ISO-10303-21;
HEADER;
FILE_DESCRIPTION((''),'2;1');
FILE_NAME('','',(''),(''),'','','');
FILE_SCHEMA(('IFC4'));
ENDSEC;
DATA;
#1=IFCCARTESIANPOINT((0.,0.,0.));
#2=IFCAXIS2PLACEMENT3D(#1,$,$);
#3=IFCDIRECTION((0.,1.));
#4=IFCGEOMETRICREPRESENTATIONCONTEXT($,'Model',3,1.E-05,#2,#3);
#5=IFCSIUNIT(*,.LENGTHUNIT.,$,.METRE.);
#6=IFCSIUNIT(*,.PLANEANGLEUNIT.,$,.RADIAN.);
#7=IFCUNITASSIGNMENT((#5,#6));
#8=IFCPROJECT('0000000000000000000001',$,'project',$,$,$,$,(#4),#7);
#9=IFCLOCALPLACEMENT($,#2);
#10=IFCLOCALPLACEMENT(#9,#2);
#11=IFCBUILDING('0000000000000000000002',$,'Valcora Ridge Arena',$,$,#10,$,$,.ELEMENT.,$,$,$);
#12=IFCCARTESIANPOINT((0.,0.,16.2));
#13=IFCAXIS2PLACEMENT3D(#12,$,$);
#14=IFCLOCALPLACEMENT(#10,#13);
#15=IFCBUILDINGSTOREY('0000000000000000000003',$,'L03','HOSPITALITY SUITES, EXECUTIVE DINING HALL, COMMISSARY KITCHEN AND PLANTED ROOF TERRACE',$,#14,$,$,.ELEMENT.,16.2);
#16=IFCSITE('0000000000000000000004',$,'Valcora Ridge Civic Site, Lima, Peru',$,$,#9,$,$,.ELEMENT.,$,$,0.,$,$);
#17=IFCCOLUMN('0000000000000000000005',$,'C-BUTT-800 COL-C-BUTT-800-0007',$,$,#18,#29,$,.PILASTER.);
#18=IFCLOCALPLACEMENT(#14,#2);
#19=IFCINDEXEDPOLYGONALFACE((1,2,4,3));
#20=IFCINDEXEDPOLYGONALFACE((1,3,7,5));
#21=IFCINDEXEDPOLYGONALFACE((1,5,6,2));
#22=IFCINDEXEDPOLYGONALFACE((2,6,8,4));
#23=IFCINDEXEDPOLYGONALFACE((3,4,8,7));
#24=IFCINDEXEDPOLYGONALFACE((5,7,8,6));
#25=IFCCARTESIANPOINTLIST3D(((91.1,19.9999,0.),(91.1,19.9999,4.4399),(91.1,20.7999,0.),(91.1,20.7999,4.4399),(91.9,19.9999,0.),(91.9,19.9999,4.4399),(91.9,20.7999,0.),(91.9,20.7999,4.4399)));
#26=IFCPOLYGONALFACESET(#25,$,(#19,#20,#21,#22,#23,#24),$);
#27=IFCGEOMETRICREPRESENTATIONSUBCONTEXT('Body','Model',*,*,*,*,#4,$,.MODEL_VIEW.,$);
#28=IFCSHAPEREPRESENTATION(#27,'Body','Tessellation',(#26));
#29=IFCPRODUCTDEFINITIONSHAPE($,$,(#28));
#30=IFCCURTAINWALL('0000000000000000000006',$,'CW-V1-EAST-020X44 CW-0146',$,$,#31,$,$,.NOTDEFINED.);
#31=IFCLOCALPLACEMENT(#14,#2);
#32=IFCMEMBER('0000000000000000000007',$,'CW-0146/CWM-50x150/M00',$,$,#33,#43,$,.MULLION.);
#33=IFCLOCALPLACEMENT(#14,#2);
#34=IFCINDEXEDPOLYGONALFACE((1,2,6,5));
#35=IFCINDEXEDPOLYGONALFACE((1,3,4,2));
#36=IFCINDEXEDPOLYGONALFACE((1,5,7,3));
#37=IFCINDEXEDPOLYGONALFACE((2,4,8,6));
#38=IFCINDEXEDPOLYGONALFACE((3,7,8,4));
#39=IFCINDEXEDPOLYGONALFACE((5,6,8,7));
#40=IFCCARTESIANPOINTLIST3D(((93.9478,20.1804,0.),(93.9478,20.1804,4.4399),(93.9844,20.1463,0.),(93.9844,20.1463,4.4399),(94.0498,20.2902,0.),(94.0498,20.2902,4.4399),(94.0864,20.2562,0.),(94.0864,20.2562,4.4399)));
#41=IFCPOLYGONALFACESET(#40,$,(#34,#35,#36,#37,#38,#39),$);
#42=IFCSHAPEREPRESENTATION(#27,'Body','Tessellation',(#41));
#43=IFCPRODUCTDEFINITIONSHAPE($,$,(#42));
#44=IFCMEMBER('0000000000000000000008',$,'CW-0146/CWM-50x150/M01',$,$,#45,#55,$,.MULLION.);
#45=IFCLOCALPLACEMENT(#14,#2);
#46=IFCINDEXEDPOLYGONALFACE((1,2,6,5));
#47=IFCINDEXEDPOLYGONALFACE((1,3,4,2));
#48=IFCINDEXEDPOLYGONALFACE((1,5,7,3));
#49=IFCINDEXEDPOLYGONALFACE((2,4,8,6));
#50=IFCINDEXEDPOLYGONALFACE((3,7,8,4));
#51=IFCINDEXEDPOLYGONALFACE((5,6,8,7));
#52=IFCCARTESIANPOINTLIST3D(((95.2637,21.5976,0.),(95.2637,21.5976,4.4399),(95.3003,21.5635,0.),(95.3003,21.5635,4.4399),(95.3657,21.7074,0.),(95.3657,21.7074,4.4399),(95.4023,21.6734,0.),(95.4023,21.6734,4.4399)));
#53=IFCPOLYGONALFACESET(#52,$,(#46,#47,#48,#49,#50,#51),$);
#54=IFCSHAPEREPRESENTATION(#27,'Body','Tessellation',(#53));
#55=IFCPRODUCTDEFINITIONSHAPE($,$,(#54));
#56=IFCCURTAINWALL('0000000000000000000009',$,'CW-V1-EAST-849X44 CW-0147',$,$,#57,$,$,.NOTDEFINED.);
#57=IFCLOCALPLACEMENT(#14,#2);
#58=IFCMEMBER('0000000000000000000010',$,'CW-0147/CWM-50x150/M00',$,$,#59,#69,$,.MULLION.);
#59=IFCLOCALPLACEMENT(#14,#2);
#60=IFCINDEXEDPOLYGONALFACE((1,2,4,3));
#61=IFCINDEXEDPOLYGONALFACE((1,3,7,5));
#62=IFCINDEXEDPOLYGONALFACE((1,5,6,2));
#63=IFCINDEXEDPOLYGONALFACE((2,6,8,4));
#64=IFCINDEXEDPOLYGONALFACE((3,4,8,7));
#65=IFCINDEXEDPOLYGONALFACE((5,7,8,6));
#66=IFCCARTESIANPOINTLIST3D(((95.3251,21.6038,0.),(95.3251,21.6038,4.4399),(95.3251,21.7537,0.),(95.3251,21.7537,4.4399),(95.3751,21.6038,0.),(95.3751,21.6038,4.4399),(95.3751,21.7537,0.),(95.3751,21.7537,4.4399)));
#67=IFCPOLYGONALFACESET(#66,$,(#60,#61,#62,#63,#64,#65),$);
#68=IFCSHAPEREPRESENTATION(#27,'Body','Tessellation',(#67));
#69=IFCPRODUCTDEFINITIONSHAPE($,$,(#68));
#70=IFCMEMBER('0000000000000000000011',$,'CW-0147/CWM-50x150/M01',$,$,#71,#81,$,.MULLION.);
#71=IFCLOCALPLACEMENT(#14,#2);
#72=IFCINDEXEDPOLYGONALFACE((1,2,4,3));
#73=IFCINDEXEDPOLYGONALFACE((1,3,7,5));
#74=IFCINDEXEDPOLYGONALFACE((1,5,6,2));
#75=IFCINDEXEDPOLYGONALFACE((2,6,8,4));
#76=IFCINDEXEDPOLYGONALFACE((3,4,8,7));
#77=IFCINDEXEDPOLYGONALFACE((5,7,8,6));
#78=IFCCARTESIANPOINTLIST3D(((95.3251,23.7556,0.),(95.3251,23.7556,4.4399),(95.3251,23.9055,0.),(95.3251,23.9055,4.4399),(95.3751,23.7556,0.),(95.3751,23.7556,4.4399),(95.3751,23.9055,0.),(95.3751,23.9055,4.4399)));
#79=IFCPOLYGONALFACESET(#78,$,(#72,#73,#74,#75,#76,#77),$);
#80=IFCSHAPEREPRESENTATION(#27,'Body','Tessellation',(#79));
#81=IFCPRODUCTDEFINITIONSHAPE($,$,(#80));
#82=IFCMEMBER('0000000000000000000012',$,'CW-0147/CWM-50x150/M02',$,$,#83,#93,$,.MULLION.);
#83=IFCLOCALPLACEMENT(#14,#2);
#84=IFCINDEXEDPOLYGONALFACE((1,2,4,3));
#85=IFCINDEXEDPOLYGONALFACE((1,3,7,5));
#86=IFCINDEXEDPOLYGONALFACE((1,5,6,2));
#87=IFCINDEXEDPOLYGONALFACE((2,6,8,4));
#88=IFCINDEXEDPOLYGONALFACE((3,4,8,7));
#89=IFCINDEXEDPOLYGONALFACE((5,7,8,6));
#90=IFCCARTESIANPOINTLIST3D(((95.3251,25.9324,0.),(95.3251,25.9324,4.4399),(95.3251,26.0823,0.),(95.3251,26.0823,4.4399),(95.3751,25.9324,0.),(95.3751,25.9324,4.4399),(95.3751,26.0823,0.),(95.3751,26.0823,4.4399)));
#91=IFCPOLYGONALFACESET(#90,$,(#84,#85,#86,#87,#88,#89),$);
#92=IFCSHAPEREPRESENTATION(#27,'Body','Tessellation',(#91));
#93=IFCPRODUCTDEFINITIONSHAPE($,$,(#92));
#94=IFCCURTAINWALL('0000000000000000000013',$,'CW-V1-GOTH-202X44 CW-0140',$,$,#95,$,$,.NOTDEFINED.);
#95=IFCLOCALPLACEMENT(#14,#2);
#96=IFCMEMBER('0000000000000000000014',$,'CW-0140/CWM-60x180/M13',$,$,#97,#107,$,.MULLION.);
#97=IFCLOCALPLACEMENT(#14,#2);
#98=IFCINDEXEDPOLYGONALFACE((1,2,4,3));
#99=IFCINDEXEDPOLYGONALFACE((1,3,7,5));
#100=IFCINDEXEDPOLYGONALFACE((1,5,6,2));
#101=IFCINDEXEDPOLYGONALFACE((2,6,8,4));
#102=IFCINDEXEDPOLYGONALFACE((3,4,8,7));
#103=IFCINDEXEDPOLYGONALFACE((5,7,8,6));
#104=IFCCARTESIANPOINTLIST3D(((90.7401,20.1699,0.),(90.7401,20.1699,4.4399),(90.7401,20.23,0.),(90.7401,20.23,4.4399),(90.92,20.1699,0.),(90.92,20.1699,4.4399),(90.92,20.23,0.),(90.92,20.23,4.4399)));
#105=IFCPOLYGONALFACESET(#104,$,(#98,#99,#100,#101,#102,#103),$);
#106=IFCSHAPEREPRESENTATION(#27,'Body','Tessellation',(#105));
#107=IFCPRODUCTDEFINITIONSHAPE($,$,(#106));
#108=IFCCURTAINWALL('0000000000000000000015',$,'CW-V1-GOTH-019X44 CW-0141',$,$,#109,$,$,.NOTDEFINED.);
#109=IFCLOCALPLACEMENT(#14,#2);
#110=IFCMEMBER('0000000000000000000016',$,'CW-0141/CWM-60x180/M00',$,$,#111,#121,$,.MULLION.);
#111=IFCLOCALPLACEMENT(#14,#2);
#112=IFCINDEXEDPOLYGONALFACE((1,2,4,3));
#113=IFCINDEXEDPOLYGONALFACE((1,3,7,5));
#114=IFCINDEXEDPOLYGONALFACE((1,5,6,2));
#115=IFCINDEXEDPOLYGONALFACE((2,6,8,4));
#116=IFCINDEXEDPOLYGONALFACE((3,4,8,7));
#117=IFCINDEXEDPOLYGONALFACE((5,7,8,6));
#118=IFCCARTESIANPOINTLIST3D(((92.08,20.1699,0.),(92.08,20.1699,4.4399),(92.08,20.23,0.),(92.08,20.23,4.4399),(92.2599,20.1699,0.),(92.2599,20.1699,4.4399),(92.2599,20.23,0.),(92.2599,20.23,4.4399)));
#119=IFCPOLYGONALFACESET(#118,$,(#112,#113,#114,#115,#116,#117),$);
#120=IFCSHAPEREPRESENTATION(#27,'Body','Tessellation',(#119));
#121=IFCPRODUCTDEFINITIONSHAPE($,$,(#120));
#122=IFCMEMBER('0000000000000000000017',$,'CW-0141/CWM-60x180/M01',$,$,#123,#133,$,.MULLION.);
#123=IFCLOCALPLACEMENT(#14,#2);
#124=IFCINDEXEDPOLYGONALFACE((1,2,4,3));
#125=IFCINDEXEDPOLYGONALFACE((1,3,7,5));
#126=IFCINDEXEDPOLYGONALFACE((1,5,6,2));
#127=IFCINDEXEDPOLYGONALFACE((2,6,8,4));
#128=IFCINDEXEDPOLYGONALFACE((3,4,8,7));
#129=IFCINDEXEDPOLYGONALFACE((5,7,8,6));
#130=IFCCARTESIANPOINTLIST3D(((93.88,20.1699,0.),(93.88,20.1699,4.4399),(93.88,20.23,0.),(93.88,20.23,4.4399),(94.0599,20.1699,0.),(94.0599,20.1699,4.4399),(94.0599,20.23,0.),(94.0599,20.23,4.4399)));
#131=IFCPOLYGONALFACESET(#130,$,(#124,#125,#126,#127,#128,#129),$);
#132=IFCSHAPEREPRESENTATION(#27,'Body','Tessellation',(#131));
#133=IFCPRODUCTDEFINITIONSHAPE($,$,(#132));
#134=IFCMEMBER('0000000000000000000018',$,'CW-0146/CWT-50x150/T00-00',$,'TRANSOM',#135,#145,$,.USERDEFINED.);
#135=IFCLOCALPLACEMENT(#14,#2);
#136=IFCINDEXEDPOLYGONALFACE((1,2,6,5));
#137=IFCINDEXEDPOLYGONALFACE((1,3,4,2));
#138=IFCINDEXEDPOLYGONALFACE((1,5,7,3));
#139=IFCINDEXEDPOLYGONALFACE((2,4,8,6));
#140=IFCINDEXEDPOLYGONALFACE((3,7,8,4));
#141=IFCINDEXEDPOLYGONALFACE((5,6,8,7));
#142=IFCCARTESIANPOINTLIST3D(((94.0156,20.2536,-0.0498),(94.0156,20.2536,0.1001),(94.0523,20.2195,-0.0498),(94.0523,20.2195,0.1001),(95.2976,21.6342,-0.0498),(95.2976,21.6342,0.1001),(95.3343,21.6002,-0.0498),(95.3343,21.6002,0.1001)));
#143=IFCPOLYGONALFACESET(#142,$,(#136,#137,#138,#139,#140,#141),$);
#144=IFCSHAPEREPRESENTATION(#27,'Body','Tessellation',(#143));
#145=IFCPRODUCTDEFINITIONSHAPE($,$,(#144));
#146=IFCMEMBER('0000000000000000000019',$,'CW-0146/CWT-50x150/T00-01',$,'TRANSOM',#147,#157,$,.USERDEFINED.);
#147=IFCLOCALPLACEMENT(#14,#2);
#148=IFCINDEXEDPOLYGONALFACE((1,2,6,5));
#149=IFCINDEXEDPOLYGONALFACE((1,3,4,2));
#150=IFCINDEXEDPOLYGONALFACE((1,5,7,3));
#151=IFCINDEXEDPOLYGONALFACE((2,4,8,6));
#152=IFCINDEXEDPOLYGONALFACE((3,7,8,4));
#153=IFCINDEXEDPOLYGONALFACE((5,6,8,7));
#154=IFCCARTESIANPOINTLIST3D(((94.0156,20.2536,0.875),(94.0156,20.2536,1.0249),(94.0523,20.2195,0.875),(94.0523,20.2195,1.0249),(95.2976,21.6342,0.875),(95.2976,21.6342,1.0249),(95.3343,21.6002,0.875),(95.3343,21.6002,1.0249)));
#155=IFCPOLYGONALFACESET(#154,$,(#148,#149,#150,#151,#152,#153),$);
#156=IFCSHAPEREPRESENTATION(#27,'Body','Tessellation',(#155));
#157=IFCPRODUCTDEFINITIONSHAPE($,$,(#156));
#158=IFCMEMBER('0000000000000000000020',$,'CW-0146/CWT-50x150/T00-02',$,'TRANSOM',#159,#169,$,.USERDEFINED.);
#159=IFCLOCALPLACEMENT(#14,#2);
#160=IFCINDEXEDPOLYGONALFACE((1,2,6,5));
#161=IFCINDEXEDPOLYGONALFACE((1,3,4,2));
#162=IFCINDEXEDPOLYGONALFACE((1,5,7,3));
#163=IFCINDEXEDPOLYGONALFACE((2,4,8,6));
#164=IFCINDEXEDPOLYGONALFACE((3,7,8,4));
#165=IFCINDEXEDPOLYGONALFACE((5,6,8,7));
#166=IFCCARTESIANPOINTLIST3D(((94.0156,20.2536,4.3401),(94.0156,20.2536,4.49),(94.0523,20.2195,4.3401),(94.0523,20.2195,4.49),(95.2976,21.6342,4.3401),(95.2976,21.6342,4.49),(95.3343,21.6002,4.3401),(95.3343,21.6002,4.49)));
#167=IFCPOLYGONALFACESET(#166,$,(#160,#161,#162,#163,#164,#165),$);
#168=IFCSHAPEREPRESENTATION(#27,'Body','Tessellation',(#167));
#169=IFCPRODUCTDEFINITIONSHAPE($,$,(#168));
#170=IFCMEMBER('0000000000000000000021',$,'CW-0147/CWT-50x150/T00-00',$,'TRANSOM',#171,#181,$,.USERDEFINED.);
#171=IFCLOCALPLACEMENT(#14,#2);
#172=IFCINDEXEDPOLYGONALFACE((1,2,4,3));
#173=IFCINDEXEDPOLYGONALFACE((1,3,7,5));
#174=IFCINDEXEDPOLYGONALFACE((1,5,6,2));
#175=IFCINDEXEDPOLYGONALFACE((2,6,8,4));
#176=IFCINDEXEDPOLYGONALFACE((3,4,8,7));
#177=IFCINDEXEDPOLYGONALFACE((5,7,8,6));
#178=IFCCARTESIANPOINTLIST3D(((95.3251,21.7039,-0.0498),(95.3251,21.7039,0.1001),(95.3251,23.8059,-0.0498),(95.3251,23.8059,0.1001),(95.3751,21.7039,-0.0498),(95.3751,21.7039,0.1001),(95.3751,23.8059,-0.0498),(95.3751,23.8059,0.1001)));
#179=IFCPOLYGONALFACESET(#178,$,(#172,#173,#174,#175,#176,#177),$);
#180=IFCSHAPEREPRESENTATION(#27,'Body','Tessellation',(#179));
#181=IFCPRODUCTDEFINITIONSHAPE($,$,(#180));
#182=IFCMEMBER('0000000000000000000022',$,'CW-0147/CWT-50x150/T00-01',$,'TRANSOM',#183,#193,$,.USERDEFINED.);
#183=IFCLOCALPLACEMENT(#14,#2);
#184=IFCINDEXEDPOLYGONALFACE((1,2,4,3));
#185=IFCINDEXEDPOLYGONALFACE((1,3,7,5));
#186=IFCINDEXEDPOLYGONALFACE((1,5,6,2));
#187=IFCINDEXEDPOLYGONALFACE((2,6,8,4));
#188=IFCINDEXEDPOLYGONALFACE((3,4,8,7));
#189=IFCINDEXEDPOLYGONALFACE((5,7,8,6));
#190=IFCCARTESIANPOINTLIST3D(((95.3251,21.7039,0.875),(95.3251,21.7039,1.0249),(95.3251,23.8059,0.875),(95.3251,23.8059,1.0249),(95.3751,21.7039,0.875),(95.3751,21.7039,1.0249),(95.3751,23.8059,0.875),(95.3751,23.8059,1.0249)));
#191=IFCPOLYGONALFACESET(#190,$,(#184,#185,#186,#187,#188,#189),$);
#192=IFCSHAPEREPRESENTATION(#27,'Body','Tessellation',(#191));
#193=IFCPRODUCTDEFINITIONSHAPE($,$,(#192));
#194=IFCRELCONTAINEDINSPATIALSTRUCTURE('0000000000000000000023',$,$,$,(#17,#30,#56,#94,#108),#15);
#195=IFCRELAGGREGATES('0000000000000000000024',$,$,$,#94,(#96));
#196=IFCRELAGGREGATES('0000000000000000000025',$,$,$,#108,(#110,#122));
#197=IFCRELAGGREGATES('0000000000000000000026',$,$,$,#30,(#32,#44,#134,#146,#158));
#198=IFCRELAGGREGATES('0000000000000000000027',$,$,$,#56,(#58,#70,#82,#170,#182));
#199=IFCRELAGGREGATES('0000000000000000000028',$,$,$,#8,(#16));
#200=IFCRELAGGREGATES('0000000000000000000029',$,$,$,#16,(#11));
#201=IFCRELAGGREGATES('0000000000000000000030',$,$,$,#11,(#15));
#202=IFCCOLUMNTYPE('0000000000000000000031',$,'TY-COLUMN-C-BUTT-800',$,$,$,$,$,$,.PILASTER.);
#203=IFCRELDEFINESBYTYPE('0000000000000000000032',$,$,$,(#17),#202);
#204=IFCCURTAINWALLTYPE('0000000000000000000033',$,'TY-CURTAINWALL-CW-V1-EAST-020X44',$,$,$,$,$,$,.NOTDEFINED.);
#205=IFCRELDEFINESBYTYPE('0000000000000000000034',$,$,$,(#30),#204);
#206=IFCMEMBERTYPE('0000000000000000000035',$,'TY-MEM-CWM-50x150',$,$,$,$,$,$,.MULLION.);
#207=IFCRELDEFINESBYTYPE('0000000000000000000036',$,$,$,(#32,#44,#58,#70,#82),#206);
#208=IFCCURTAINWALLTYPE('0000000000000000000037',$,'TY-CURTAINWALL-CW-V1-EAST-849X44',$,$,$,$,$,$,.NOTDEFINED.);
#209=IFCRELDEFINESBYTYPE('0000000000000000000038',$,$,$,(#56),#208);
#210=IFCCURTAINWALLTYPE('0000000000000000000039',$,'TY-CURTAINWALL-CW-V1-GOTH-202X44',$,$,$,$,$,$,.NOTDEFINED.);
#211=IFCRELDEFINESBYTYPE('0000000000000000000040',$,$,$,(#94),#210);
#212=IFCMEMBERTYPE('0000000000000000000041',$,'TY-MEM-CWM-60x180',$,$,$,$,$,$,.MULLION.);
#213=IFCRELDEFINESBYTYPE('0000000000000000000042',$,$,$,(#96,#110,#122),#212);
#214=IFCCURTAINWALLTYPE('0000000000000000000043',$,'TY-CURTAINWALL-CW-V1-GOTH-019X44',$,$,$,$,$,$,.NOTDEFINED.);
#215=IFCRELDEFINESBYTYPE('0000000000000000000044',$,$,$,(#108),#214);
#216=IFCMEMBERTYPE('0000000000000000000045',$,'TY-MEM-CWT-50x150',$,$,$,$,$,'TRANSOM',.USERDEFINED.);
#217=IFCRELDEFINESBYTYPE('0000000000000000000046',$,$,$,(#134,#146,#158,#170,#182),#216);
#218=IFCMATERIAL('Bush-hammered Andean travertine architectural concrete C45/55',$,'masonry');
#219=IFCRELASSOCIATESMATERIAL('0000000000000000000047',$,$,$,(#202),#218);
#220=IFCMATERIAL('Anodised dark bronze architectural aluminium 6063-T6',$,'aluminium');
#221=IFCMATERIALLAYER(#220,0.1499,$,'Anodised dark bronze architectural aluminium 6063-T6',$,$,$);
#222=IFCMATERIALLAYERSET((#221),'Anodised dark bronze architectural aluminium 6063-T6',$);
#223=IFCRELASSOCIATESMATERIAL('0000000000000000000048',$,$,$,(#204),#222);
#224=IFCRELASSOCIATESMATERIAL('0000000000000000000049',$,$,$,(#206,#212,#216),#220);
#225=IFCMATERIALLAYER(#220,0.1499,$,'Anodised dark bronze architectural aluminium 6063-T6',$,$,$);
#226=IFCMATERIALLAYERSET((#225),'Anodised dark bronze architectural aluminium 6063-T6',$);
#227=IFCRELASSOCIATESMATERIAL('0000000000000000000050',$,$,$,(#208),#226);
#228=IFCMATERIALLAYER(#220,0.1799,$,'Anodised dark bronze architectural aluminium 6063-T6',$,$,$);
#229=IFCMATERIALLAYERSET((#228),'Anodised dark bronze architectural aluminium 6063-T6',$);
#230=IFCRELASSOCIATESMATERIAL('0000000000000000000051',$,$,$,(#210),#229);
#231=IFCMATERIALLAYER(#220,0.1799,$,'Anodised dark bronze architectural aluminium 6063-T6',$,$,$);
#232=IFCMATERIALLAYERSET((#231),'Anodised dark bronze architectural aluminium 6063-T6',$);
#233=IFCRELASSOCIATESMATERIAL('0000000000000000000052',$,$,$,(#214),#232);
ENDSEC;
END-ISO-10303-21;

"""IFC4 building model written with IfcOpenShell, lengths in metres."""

from ifc_helpers import new_model, si_unit, direction, frame, origin, origin_2d, place, context, subcontext, project, spatial, rectangle, extrude, material, layer, layer_set, material_profile, profile_set, type_object, element, aggregate, save


model = new_model("IFC4")

# Units and contexts
model_context = context("Model", 3, precision=1e-05, world=origin(), true_north=direction((0.0, 1.0)))
body_context = subcontext(model_context, "Body", "Model", "MODEL_VIEW")
ifc_project = project(units=[si_unit("LENGTHUNIT", "METRE"), si_unit("PLANEANGLEUNIT", "RADIAN")], contexts=[model_context])

# Site, building, storey
site_placement = place(None, origin())
site = spatial("IfcSite", under=ifc_project, at=site_placement, Name="Valcora Ridge Civic Site, Lima, Peru", CompositionType="ELEMENT", RefElevation=0.0)
building_placement = place(site_placement, origin())
building = spatial("IfcBuilding", under=site, at=building_placement, Name="Valcora Ridge Arena", CompositionType="ELEMENT")
storey_placement = place(building_placement, frame((0.0, 0.0, 16.2)))
storey = spatial("IfcBuildingStorey", under=building, at=storey_placement, Name="L03", Description="HOSPITALITY SUITES, EXECUTIVE DINING HALL, COMMISSARY KITCHEN AND PLANTED ROOF TERRACE", CompositionType="ELEMENT", Elevation=16.2)

# Column
ifc_material_1 = material(Name="Bush-hammered Andean travertine architectural concrete C45/55", Category="masonry")
ifc_material_profile_1 = material_profile(ifc_material_1, rectangle(XDim=0.8, YDim=0.8, at=origin_2d()), Name="RC 800x800")
ifc_profile_set_1 = profile_set([ifc_material_profile_1], Name="Bush-hammered Andean travertine architectural concrete C45/55")
column_type = type_object("IfcColumnType", Name="TY-COLUMN-C-BUTT-800", PredefinedType="PILASTER", material=ifc_profile_set_1)
column_placement = place(storey_placement, frame((91.5, 20.3999, 0.0), z_axis=(0.0, 0.0, 1.0), x_axis=(1.0, 0.0, 0.0)))
element("IfcColumn", 1, at=column_placement, inside=storey, type_object=column_type, Name="C-BUTT-800 COL-C-BUTT-800-0007", PredefinedType="PILASTER", context=body_context, shape_type="SweptSolid", body=[
    extrude(rectangle(XDim=0.8, YDim=0.8, at=origin_2d()), origin(), (0.0, 0.0, 1.0), 4.4399),
])

# Curtain walls, members
ifc_material_2 = material(Name="Anodised dark bronze architectural aluminium 6063-T6", Category="aluminium")
ifc_layer_1 = layer(ifc_material_2, 0.1499, Name="Anodised dark bronze architectural aluminium 6063-T6")
ifc_layer_set_1 = layer_set([ifc_layer_1], Name="Anodised dark bronze architectural aluminium 6063-T6")
curtain_wall_type_1 = type_object("IfcCurtainWallType", Name="TY-CURTAINWALL-CW-V1-EAST-020X44", PredefinedType="NOTDEFINED", material=ifc_layer_set_1)
curtain_wall_1_placement = place(storey_placement, origin())
curtain_wall_1 = element("IfcCurtainWall", 2, at=curtain_wall_1_placement, inside=storey, type_object=curtain_wall_type_1, Name="CW-V1-EAST-020X44 CW-0146", PredefinedType="NOTDEFINED")
ifc_material_profile_2 = material_profile(ifc_material_2, rectangle(XDim=0.05, YDim=0.1499, at=origin_2d()), Name="ALU MULLION 50x150")
ifc_profile_set_2 = profile_set([ifc_material_profile_2], Name="Anodised dark bronze architectural aluminium 6063-T6")
member_type_1 = type_object("IfcMemberType", Name="TY-MEM-CWM-50x150", PredefinedType="MULLION", material=ifc_profile_set_2)
member_1_placement = place(storey_placement, frame((94.0171, 20.2183, 0.0), z_axis=(0.0, 0.0, 1.0), x_axis=(-0.732783, 0.680463, 0.0)))
member_1 = element("IfcMember", 3, at=member_1_placement, type_object=member_type_1, Name="CW-0146/CWM-50x150/M00", PredefinedType="MULLION", context=body_context, shape_type="SweptSolid", body=[
    extrude(rectangle(XDim=0.05, YDim=0.1499, at=origin_2d()), origin(), (0.0, 0.0, 1.0), 4.4399),
])
member_2_placement = place(storey_placement, frame((95.333, 21.6355, 0.0), z_axis=(0.0, 0.0, 1.0), x_axis=(-0.732783, 0.680463, 0.0)))
member_2 = element("IfcMember", 4, at=member_2_placement, type_object=member_type_1, Name="CW-0146/CWM-50x150/M01", PredefinedType="MULLION", context=body_context, shape_type="SweptSolid", body=[
    extrude(rectangle(XDim=0.05, YDim=0.1499, at=origin_2d()), origin(), (0.0, 0.0, 1.0), 4.4399),
])
ifc_layer_2 = layer(ifc_material_2, 0.1499, Name="Anodised dark bronze architectural aluminium 6063-T6")
ifc_layer_set_2 = layer_set([ifc_layer_2], Name="Anodised dark bronze architectural aluminium 6063-T6")
curtain_wall_type_2 = type_object("IfcCurtainWallType", Name="TY-CURTAINWALL-CW-V1-EAST-849X44", PredefinedType="NOTDEFINED", material=ifc_layer_set_2)
curtain_wall_2_placement = place(storey_placement, origin())
curtain_wall_2 = element("IfcCurtainWall", 5, at=curtain_wall_2_placement, inside=storey, type_object=curtain_wall_type_2, Name="CW-V1-EAST-849X44 CW-0147", PredefinedType="NOTDEFINED")
member_3_placement = place(storey_placement, frame((95.3501, 21.6787, 0.0), z_axis=(0.0, 0.0, 1.0), x_axis=(-1.0, 0.0, 0.0)))
member_3 = element("IfcMember", 6, at=member_3_placement, type_object=member_type_1, Name="CW-0147/CWM-50x150/M00", PredefinedType="MULLION", context=body_context, shape_type="SweptSolid", body=[
    extrude(rectangle(XDim=0.05, YDim=0.1499, at=origin_2d()), origin(), (0.0, 0.0, 1.0), 4.4399),
])
member_4_placement = place(storey_placement, frame((95.3501, 23.8306, 0.0), z_axis=(0.0, 0.0, 1.0), x_axis=(-1.0, 0.0, 0.0)))
member_4 = element("IfcMember", 7, at=member_4_placement, type_object=member_type_1, Name="CW-0147/CWM-50x150/M01", PredefinedType="MULLION", context=body_context, shape_type="SweptSolid", body=[
    extrude(rectangle(XDim=0.05, YDim=0.1499, at=origin_2d()), origin(), (0.0, 0.0, 1.0), 4.4399),
])
member_5_placement = place(storey_placement, frame((95.3501, 26.0073, 0.0), z_axis=(0.0, 0.0, 1.0), x_axis=(-1.0, 0.0, 0.0)))
member_5 = element("IfcMember", 8, at=member_5_placement, type_object=member_type_1, Name="CW-0147/CWM-50x150/M02", PredefinedType="MULLION", context=body_context, shape_type="SweptSolid", body=[
    extrude(rectangle(XDim=0.05, YDim=0.1499, at=origin_2d()), origin(), (0.0, 0.0, 1.0), 4.4399),
])

# Curtain wall, member
ifc_layer_3 = layer(ifc_material_2, 0.1799, Name="Anodised dark bronze architectural aluminium 6063-T6")
ifc_layer_set_3 = layer_set([ifc_layer_3], Name="Anodised dark bronze architectural aluminium 6063-T6")
curtain_wall_type_3 = type_object("IfcCurtainWallType", Name="TY-CURTAINWALL-CW-V1-GOTH-202X44", PredefinedType="NOTDEFINED", material=ifc_layer_set_3)
curtain_wall_3_placement = place(storey_placement, origin())
curtain_wall_3 = element("IfcCurtainWall", 9, at=curtain_wall_3_placement, inside=storey, type_object=curtain_wall_type_3, Name="CW-V1-GOTH-202X44 CW-0140", PredefinedType="NOTDEFINED")
ifc_material_profile_3 = material_profile(ifc_material_2, rectangle(XDim=0.0601, YDim=0.1799, at=origin_2d()), Name="ALU MULLION 60x180")
ifc_profile_set_3 = profile_set([ifc_material_profile_3], Name="Anodised dark bronze architectural aluminium 6063-T6")
member_type_2 = type_object("IfcMemberType", Name="TY-MEM-CWM-60x180", PredefinedType="MULLION", material=ifc_profile_set_3)
member_6_placement = place(storey_placement, frame((90.8301, 20.2, 0.0), z_axis=(0.0, 0.0, 1.0), x_axis=(0.0, 1.0, 0.0)))
member_6 = element("IfcMember", 10, at=member_6_placement, type_object=member_type_2, Name="CW-0140/CWM-60x180/M13", PredefinedType="MULLION", context=body_context, shape_type="SweptSolid", body=[
    extrude(rectangle(XDim=0.0601, YDim=0.1799, at=origin_2d()), origin(), (0.0, 0.0, 1.0), 4.4399),
])
aggregate(curtain_wall_3, [member_6])

# Curtain wall, members
ifc_layer_4 = layer(ifc_material_2, 0.1799, Name="Anodised dark bronze architectural aluminium 6063-T6")
ifc_layer_set_4 = layer_set([ifc_layer_4], Name="Anodised dark bronze architectural aluminium 6063-T6")
curtain_wall_type_4 = type_object("IfcCurtainWallType", Name="TY-CURTAINWALL-CW-V1-GOTH-019X44", PredefinedType="NOTDEFINED", material=ifc_layer_set_4)
curtain_wall_4_placement = place(storey_placement, origin())
curtain_wall_4 = element("IfcCurtainWall", 11, at=curtain_wall_4_placement, inside=storey, type_object=curtain_wall_type_4, Name="CW-V1-GOTH-019X44 CW-0141", PredefinedType="NOTDEFINED")
member_7_placement = place(storey_placement, frame((92.1699, 20.2, 0.0), z_axis=(0.0, 0.0, 1.0), x_axis=(0.0, 1.0, 0.0)))
member_7 = element("IfcMember", 12, at=member_7_placement, type_object=member_type_2, Name="CW-0141/CWM-60x180/M00", PredefinedType="MULLION", context=body_context, shape_type="SweptSolid", body=[
    extrude(rectangle(XDim=0.0601, YDim=0.1799, at=origin_2d()), origin(), (0.0, 0.0, 1.0), 4.4399),
])
member_8_placement = place(storey_placement, frame((93.97, 20.2, 0.0), z_axis=(0.0, 0.0, 1.0), x_axis=(0.0, 1.0, 0.0)))
member_8 = element("IfcMember", 13, at=member_8_placement, type_object=member_type_2, Name="CW-0141/CWM-60x180/M01", PredefinedType="MULLION", context=body_context, shape_type="SweptSolid", body=[
    extrude(rectangle(XDim=0.0601, YDim=0.1799, at=origin_2d()), origin(), (0.0, 0.0, 1.0), 4.4399),
])

# Members
ifc_material_profile_4 = material_profile(ifc_material_2, rectangle(XDim=0.05, YDim=0.1499, at=origin_2d()), Name="ALU TRANSOM 50x150")
ifc_profile_set_4 = profile_set([ifc_material_profile_4], Name="Anodised dark bronze architectural aluminium 6063-T6")
member_type_3 = type_object("IfcMemberType", Name="TY-MEM-CWT-50x150", ElementType="TRANSOM", PredefinedType="USERDEFINED", material=ifc_profile_set_4)
member_9_placement = place(storey_placement, frame((94.0339, 20.2366, 0.0251), z_axis=(0.680446, 0.732798, 0.0), x_axis=(-0.732798, 0.680446, 0.0)))
member_9 = element("IfcMember", 14, at=member_9_placement, type_object=member_type_3, Name="CW-0146/CWT-50x150/T00-00", ObjectType="TRANSOM", PredefinedType="USERDEFINED", context=body_context, shape_type="SweptSolid", body=[
    extrude(rectangle(XDim=0.05, YDim=0.1499, at=origin_2d()), origin(), (0.0, 0.0, 1.0), 1.884),
])
member_10_placement = place(storey_placement, frame((94.0339, 20.2366, 0.95), z_axis=(0.680446, 0.732798, 0.0), x_axis=(-0.732798, 0.680446, 0.0)))
member_10 = element("IfcMember", 15, at=member_10_placement, type_object=member_type_3, Name="CW-0146/CWT-50x150/T00-01", ObjectType="TRANSOM", PredefinedType="USERDEFINED", context=body_context, shape_type="SweptSolid", body=[
    extrude(rectangle(XDim=0.05, YDim=0.1499, at=origin_2d()), origin(), (0.0, 0.0, 1.0), 1.884),
])
member_11_placement = place(storey_placement, frame((94.0339, 20.2366, 4.415), z_axis=(0.680446, 0.732798, 0.0), x_axis=(-0.732798, 0.680446, 0.0)))
member_11 = element("IfcMember", 16, at=member_11_placement, type_object=member_type_3, Name="CW-0146/CWT-50x150/T00-02", ObjectType="TRANSOM", PredefinedType="USERDEFINED", context=body_context, shape_type="SweptSolid", body=[
    extrude(rectangle(XDim=0.05, YDim=0.1499, at=origin_2d()), origin(), (0.0, 0.0, 1.0), 1.884),
])
member_12_placement = place(storey_placement, frame((95.3501, 21.7039, 0.0251), z_axis=(0.0, 1.0, 0.0), x_axis=(-1.0, 0.0, 0.0)))
member_12 = element("IfcMember", 17, at=member_12_placement, type_object=member_type_3, Name="CW-0147/CWT-50x150/T00-00", ObjectType="TRANSOM", PredefinedType="USERDEFINED", context=body_context, shape_type="SweptSolid", body=[
    extrude(rectangle(XDim=0.05, YDim=0.1499, at=origin_2d()), origin(), (0.0, 0.0, 1.0), 2.1021),
])
member_13_placement = place(storey_placement, frame((95.3501, 21.7039, 0.95), z_axis=(0.0, 1.0, 0.0), x_axis=(-1.0, 0.0, 0.0)))
member_13 = element("IfcMember", 18, at=member_13_placement, type_object=member_type_3, Name="CW-0147/CWT-50x150/T00-01", ObjectType="TRANSOM", PredefinedType="USERDEFINED", context=body_context, shape_type="SweptSolid", body=[
    extrude(rectangle(XDim=0.05, YDim=0.1499, at=origin_2d()), origin(), (0.0, 0.0, 1.0), 2.1021),
])

aggregate(curtain_wall_4, [member_7, member_8])
aggregate(curtain_wall_1, [member_1, member_2, member_9, member_10, member_11])
aggregate(curtain_wall_2, [member_3, member_4, member_5, member_12, member_13])

save(model, "model.ifc")
